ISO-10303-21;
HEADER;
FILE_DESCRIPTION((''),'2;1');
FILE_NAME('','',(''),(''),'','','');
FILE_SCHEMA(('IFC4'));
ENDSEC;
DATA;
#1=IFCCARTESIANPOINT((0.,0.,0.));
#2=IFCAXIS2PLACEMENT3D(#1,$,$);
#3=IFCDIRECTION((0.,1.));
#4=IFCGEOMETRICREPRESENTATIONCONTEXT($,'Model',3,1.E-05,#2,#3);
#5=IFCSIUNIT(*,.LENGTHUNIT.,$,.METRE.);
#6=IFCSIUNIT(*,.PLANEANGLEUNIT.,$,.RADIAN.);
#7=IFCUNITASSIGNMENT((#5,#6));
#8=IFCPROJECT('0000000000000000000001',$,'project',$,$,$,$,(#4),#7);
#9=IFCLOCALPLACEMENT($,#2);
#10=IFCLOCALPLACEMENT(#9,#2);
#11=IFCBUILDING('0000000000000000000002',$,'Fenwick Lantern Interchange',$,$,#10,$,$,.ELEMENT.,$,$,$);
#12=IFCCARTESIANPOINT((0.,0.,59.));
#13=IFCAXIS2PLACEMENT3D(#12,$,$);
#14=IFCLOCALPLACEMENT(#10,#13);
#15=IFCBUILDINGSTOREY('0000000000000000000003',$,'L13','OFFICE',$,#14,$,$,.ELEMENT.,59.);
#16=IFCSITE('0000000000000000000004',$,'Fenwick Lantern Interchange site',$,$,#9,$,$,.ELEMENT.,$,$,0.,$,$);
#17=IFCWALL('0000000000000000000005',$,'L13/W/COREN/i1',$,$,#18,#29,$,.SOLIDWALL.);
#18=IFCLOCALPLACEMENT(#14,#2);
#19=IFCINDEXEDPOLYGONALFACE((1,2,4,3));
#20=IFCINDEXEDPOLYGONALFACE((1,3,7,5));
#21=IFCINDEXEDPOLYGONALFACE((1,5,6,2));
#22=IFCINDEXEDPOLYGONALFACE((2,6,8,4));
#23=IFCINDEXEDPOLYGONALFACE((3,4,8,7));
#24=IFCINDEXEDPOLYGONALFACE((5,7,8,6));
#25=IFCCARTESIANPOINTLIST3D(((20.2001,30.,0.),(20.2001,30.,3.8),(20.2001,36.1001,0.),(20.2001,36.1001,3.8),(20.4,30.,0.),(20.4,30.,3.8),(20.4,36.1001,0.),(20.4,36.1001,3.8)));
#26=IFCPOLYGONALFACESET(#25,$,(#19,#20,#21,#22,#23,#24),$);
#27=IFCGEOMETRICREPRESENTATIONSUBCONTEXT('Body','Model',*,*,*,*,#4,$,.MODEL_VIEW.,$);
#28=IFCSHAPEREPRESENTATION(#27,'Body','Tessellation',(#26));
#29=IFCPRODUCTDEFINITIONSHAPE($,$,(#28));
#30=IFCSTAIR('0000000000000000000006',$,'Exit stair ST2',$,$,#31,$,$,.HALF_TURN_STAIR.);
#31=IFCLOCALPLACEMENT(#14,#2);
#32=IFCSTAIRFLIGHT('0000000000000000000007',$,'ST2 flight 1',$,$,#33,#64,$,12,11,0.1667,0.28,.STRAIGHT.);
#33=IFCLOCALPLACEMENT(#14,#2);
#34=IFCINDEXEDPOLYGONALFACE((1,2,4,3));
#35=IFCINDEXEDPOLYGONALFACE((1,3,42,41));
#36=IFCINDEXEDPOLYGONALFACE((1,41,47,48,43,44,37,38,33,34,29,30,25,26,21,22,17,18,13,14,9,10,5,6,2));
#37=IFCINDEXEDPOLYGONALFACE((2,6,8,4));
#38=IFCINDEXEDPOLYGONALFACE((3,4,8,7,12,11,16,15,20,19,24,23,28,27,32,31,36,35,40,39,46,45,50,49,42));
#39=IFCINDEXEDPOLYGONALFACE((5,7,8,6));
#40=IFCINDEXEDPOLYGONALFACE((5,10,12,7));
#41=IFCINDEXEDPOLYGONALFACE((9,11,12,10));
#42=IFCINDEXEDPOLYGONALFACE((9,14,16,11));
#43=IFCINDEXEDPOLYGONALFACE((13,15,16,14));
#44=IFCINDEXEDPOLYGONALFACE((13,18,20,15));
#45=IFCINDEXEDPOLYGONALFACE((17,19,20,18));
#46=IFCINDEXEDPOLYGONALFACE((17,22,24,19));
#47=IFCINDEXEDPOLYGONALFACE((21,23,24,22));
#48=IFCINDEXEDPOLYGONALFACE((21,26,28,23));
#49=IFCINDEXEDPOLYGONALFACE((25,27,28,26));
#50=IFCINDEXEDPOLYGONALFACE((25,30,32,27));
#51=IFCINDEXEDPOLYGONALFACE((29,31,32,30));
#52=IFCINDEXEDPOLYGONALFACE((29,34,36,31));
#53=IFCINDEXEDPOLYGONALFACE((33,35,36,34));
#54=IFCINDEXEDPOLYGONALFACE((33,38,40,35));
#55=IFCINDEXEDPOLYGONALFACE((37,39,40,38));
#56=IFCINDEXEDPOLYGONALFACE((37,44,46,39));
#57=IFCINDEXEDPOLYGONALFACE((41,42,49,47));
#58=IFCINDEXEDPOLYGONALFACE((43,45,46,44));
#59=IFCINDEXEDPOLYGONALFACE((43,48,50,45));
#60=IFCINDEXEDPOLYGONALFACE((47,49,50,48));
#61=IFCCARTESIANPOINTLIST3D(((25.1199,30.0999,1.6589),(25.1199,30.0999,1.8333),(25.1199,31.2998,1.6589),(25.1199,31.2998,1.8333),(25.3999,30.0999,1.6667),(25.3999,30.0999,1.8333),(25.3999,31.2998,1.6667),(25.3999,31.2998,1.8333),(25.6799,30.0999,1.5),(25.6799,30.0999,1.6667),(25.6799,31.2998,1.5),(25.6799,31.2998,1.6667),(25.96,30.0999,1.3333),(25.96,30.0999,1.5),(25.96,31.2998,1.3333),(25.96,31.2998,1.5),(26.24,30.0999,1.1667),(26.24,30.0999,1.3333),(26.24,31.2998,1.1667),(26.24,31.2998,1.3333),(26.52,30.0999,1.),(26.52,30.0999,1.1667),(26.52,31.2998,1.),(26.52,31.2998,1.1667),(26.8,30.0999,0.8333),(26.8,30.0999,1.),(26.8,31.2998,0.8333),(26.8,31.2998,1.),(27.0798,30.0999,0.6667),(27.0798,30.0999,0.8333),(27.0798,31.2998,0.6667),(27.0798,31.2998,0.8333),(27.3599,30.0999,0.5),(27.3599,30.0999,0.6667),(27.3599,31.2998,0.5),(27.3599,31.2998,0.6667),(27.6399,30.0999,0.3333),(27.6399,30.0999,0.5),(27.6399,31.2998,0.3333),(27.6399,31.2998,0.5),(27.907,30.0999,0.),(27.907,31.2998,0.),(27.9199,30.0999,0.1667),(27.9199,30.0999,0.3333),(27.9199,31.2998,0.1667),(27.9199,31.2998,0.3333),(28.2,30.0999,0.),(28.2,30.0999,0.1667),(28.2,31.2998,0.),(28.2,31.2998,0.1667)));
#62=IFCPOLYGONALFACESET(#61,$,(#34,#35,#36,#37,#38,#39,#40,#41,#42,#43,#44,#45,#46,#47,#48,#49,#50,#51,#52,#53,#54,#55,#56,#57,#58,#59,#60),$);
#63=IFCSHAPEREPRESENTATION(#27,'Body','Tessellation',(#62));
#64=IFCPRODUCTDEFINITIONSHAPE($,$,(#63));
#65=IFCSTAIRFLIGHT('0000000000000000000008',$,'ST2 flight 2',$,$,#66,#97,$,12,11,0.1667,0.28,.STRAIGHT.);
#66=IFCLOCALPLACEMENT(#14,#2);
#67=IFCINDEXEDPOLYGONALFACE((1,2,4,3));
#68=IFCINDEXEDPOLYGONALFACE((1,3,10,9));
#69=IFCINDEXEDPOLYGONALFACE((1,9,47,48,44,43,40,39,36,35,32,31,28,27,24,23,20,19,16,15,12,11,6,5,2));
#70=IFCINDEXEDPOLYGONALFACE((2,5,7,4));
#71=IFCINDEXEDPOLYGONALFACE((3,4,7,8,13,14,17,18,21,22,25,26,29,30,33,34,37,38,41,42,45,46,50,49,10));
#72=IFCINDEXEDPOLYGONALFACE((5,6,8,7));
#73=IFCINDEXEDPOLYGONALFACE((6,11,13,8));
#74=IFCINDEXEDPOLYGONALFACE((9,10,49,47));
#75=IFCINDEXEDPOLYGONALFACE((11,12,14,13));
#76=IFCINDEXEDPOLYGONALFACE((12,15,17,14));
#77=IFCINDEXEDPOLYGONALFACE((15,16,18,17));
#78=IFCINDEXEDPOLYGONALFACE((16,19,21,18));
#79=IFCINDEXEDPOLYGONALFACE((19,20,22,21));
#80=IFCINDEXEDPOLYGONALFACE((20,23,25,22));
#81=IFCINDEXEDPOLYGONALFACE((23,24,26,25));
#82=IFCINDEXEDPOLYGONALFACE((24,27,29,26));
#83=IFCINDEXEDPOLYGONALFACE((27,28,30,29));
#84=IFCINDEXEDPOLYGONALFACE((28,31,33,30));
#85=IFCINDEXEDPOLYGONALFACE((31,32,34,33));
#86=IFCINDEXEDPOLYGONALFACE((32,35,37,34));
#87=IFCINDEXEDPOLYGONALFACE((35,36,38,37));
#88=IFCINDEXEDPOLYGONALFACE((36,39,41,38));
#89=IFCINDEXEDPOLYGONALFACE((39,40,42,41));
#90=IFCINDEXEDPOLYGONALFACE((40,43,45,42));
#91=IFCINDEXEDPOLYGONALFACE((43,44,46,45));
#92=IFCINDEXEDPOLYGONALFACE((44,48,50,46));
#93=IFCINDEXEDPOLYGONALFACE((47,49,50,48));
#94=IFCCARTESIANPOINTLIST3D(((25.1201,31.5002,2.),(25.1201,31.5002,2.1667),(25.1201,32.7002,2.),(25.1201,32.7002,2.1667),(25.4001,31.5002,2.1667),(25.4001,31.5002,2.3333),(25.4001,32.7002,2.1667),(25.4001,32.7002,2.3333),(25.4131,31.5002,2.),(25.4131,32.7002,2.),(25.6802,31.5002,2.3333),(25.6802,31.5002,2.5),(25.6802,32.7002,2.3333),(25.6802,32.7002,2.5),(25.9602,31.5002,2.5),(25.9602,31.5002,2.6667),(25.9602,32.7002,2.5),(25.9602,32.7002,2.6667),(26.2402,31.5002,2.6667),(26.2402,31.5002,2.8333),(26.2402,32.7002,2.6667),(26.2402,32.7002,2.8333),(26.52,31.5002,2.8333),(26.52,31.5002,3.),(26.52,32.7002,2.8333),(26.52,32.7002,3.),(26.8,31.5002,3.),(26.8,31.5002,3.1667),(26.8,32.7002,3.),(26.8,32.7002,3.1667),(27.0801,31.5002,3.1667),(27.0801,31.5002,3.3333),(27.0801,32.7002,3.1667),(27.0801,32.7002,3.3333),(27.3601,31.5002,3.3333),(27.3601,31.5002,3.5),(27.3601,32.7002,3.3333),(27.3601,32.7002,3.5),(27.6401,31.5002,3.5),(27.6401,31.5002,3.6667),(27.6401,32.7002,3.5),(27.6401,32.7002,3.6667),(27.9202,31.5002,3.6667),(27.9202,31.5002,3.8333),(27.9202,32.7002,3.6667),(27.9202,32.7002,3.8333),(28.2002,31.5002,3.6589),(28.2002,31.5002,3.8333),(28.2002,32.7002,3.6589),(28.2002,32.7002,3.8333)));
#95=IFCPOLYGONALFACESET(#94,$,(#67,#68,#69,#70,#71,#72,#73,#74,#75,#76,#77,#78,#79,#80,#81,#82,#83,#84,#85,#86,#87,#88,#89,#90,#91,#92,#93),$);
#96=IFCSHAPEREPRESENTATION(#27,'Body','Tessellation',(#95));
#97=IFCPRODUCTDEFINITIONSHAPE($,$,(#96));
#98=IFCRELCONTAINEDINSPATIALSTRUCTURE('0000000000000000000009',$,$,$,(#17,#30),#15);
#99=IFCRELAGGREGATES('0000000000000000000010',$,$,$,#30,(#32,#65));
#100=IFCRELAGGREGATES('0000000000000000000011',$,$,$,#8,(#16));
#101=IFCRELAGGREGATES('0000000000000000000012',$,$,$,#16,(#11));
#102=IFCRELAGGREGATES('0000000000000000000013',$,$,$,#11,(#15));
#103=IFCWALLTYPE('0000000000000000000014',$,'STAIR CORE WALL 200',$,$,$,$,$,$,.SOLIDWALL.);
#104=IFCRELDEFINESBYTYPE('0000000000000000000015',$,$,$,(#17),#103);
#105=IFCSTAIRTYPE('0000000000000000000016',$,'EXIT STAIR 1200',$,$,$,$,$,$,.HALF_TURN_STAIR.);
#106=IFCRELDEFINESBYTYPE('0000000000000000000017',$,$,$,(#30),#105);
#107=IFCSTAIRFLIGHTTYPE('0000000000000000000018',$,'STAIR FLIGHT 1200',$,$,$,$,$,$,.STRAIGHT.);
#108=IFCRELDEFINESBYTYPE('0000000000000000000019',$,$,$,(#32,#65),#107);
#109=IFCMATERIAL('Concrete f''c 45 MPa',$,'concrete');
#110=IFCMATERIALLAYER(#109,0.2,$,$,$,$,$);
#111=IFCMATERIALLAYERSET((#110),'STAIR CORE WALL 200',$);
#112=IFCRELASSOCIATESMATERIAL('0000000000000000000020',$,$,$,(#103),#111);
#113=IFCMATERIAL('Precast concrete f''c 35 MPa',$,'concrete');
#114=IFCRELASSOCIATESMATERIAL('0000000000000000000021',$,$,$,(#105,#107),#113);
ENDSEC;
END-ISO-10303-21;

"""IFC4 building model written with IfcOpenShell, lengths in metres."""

from ifc_helpers import new_model, si_unit, direction, frame, frame_2d, origin, place, context, subcontext, project, spatial, polyline, rectangle, outline, extrude, material, layer, layer_set, type_object, element, aggregate, save


model = new_model("IFC4")

# Units and contexts
model_context = context("Model", 3, precision=1e-05, world=origin(), true_north=direction((0.0, 1.0)))
body_context = subcontext(model_context, "Body", "Model", "MODEL_VIEW")
ifc_project = project(units=[si_unit("LENGTHUNIT", "METRE"), si_unit("PLANEANGLEUNIT", "RADIAN")], contexts=[model_context])

# Site, building, storey
site_placement = place(None, origin())
site = spatial("IfcSite", under=ifc_project, at=site_placement, Name="Fenwick Lantern Interchange site", CompositionType="ELEMENT", RefElevation=0.0)
building_placement = place(site_placement, origin())
building = spatial("IfcBuilding", under=site, at=building_placement, Name="Fenwick Lantern Interchange", CompositionType="ELEMENT")
storey_placement = place(building_placement, frame((0.0, 0.0, 59.0)))
storey = spatial("IfcBuildingStorey", under=building, at=storey_placement, Name="L13", Description="OFFICE", CompositionType="ELEMENT", Elevation=59.0)

# Shared definitions
ifc_material_1 = material(Name="Concrete f'c 45 MPa", Category="concrete")
ifc_layer_1 = layer(ifc_material_1, 0.2)
ifc_layer_set_1 = layer_set([ifc_layer_1], Name="STAIR CORE WALL 200")
wall_type_1 = type_object("IfcWallType", Name="STAIR CORE WALL 200", PredefinedType="SOLIDWALL", material=ifc_layer_set_1)

# Wall
wall_1_placement = place(storey_placement, frame((20.3, 36.1001, 0.0), z_axis=(0.0, 0.0, 1.0), x_axis=(0.0, -1.0, 0.0)))
element("IfcWall", 1, at=wall_1_placement, inside=storey, type_object=wall_type_1, Name="L13/W/COREN/i1", PredefinedType="SOLIDWALL", context=body_context, shape_type="SweptSolid", body=[
    extrude(rectangle(XDim=6.1001, YDim=0.2, at=frame_2d((3.05, 0.0))), origin(), (0.0, 0.0, 1.0), 3.8),
])

# Stair, stair flights
ifc_material_2 = material(Name="Precast concrete f'c 35 MPa", Category="concrete")
stair_type = type_object("IfcStairType", Name="EXIT STAIR 1200", PredefinedType="HALF_TURN_STAIR", material=ifc_material_2)
stair_placement = place(storey_placement, origin())
stair = element("IfcStair", 2, at=stair_placement, inside=storey, type_object=stair_type, Name="Exit stair ST2", PredefinedType="HALF_TURN_STAIR")
stair_flight_type = type_object("IfcStairFlightType", Name="STAIR FLIGHT 1200", PredefinedType="STRAIGHT", material=ifc_material_2)
stair_flight_1_placement = place(storey_placement, frame((28.2, 30.7, 0.0), z_axis=(0.0, 0.0, 1.0), x_axis=(-1.0, 0.0, 0.0)))
stair_flight_1 = element("IfcStairFlight", 3, at=stair_flight_1_placement, type_object=stair_flight_type, Name="ST2 flight 1", NumberOfRisers=12, NumberOfTreads=11, PredefinedType="STRAIGHT", RiserHeight=0.1667, TreadLength=0.28, context=body_context, shape_type="SweptSolid", body=[
    extrude(outline(polyline([(0.0, 0.0), (0.0, 0.1667), (0.28, 0.1667), (0.28, 0.3333), (0.5601, 0.3333), (0.5601, 0.5), (0.8401, 0.5), (0.8401, 0.6667), (1.1201, 0.6667), (1.1201, 0.8333), (1.3999, 0.8333), (1.3999, 1.0), (1.6799, 1.0), (1.6799, 1.1667), (1.96, 1.1667), (1.96, 1.3333), (2.24, 1.3333), (2.24, 1.5), (2.52, 1.5), (2.52, 1.6667), (2.8, 1.6667), (2.8, 1.8333), (3.0801, 1.8333), (3.0801, 2.0), (3.0801, 1.6589), (0.293, 0.0), (0.0, 0.0)])), frame((0.0, 0.6001, 0.0), z_axis=(0.0, -1.0, 0.0), x_axis=(1.0, 0.0, 0.0)), (0.0, 0.0, 1.0), 1.2),
])
stair_flight_2_placement = place(storey_placement, frame((25.1201, 32.1001, 2.0), z_axis=(0.0, 0.0, 1.0), x_axis=(1.0, 0.0, 0.0)))
stair_flight_2 = element("IfcStairFlight", 4, at=stair_flight_2_placement, type_object=stair_flight_type, Name="ST2 flight 2", NumberOfRisers=12, NumberOfTreads=11, PredefinedType="STRAIGHT", RiserHeight=0.1667, TreadLength=0.28, context=body_context, shape_type="SweptSolid", body=[
    extrude(outline(polyline([(0.0, 0.0), (0.0, 0.1667), (0.28, 0.1667), (0.28, 0.3333), (0.5601, 0.3333), (0.5601, 0.5), (0.8401, 0.5), (0.8401, 0.6667), (1.1201, 0.6667), (1.1201, 0.8333), (1.3999, 0.8333), (1.3999, 1.0), (1.6799, 1.0), (1.6799, 1.1667), (1.96, 1.1667), (1.96, 1.3333), (2.24, 1.3333), (2.24, 1.5), (2.52, 1.5), (2.52, 1.6667), (2.8, 1.6667), (2.8, 1.8333), (3.0801, 1.8333), (3.0801, 2.0), (3.0801, 1.6589), (0.293, 0.0), (0.0, 0.0)])), frame((0.0, 0.6001, 0.0), z_axis=(0.0, -1.0, 0.0), x_axis=(1.0, 0.0, 0.0)), (0.0, 0.0, 1.0), 1.2),
])
aggregate(stair, [stair_flight_1, stair_flight_2])

save(model, "model.ifc")
